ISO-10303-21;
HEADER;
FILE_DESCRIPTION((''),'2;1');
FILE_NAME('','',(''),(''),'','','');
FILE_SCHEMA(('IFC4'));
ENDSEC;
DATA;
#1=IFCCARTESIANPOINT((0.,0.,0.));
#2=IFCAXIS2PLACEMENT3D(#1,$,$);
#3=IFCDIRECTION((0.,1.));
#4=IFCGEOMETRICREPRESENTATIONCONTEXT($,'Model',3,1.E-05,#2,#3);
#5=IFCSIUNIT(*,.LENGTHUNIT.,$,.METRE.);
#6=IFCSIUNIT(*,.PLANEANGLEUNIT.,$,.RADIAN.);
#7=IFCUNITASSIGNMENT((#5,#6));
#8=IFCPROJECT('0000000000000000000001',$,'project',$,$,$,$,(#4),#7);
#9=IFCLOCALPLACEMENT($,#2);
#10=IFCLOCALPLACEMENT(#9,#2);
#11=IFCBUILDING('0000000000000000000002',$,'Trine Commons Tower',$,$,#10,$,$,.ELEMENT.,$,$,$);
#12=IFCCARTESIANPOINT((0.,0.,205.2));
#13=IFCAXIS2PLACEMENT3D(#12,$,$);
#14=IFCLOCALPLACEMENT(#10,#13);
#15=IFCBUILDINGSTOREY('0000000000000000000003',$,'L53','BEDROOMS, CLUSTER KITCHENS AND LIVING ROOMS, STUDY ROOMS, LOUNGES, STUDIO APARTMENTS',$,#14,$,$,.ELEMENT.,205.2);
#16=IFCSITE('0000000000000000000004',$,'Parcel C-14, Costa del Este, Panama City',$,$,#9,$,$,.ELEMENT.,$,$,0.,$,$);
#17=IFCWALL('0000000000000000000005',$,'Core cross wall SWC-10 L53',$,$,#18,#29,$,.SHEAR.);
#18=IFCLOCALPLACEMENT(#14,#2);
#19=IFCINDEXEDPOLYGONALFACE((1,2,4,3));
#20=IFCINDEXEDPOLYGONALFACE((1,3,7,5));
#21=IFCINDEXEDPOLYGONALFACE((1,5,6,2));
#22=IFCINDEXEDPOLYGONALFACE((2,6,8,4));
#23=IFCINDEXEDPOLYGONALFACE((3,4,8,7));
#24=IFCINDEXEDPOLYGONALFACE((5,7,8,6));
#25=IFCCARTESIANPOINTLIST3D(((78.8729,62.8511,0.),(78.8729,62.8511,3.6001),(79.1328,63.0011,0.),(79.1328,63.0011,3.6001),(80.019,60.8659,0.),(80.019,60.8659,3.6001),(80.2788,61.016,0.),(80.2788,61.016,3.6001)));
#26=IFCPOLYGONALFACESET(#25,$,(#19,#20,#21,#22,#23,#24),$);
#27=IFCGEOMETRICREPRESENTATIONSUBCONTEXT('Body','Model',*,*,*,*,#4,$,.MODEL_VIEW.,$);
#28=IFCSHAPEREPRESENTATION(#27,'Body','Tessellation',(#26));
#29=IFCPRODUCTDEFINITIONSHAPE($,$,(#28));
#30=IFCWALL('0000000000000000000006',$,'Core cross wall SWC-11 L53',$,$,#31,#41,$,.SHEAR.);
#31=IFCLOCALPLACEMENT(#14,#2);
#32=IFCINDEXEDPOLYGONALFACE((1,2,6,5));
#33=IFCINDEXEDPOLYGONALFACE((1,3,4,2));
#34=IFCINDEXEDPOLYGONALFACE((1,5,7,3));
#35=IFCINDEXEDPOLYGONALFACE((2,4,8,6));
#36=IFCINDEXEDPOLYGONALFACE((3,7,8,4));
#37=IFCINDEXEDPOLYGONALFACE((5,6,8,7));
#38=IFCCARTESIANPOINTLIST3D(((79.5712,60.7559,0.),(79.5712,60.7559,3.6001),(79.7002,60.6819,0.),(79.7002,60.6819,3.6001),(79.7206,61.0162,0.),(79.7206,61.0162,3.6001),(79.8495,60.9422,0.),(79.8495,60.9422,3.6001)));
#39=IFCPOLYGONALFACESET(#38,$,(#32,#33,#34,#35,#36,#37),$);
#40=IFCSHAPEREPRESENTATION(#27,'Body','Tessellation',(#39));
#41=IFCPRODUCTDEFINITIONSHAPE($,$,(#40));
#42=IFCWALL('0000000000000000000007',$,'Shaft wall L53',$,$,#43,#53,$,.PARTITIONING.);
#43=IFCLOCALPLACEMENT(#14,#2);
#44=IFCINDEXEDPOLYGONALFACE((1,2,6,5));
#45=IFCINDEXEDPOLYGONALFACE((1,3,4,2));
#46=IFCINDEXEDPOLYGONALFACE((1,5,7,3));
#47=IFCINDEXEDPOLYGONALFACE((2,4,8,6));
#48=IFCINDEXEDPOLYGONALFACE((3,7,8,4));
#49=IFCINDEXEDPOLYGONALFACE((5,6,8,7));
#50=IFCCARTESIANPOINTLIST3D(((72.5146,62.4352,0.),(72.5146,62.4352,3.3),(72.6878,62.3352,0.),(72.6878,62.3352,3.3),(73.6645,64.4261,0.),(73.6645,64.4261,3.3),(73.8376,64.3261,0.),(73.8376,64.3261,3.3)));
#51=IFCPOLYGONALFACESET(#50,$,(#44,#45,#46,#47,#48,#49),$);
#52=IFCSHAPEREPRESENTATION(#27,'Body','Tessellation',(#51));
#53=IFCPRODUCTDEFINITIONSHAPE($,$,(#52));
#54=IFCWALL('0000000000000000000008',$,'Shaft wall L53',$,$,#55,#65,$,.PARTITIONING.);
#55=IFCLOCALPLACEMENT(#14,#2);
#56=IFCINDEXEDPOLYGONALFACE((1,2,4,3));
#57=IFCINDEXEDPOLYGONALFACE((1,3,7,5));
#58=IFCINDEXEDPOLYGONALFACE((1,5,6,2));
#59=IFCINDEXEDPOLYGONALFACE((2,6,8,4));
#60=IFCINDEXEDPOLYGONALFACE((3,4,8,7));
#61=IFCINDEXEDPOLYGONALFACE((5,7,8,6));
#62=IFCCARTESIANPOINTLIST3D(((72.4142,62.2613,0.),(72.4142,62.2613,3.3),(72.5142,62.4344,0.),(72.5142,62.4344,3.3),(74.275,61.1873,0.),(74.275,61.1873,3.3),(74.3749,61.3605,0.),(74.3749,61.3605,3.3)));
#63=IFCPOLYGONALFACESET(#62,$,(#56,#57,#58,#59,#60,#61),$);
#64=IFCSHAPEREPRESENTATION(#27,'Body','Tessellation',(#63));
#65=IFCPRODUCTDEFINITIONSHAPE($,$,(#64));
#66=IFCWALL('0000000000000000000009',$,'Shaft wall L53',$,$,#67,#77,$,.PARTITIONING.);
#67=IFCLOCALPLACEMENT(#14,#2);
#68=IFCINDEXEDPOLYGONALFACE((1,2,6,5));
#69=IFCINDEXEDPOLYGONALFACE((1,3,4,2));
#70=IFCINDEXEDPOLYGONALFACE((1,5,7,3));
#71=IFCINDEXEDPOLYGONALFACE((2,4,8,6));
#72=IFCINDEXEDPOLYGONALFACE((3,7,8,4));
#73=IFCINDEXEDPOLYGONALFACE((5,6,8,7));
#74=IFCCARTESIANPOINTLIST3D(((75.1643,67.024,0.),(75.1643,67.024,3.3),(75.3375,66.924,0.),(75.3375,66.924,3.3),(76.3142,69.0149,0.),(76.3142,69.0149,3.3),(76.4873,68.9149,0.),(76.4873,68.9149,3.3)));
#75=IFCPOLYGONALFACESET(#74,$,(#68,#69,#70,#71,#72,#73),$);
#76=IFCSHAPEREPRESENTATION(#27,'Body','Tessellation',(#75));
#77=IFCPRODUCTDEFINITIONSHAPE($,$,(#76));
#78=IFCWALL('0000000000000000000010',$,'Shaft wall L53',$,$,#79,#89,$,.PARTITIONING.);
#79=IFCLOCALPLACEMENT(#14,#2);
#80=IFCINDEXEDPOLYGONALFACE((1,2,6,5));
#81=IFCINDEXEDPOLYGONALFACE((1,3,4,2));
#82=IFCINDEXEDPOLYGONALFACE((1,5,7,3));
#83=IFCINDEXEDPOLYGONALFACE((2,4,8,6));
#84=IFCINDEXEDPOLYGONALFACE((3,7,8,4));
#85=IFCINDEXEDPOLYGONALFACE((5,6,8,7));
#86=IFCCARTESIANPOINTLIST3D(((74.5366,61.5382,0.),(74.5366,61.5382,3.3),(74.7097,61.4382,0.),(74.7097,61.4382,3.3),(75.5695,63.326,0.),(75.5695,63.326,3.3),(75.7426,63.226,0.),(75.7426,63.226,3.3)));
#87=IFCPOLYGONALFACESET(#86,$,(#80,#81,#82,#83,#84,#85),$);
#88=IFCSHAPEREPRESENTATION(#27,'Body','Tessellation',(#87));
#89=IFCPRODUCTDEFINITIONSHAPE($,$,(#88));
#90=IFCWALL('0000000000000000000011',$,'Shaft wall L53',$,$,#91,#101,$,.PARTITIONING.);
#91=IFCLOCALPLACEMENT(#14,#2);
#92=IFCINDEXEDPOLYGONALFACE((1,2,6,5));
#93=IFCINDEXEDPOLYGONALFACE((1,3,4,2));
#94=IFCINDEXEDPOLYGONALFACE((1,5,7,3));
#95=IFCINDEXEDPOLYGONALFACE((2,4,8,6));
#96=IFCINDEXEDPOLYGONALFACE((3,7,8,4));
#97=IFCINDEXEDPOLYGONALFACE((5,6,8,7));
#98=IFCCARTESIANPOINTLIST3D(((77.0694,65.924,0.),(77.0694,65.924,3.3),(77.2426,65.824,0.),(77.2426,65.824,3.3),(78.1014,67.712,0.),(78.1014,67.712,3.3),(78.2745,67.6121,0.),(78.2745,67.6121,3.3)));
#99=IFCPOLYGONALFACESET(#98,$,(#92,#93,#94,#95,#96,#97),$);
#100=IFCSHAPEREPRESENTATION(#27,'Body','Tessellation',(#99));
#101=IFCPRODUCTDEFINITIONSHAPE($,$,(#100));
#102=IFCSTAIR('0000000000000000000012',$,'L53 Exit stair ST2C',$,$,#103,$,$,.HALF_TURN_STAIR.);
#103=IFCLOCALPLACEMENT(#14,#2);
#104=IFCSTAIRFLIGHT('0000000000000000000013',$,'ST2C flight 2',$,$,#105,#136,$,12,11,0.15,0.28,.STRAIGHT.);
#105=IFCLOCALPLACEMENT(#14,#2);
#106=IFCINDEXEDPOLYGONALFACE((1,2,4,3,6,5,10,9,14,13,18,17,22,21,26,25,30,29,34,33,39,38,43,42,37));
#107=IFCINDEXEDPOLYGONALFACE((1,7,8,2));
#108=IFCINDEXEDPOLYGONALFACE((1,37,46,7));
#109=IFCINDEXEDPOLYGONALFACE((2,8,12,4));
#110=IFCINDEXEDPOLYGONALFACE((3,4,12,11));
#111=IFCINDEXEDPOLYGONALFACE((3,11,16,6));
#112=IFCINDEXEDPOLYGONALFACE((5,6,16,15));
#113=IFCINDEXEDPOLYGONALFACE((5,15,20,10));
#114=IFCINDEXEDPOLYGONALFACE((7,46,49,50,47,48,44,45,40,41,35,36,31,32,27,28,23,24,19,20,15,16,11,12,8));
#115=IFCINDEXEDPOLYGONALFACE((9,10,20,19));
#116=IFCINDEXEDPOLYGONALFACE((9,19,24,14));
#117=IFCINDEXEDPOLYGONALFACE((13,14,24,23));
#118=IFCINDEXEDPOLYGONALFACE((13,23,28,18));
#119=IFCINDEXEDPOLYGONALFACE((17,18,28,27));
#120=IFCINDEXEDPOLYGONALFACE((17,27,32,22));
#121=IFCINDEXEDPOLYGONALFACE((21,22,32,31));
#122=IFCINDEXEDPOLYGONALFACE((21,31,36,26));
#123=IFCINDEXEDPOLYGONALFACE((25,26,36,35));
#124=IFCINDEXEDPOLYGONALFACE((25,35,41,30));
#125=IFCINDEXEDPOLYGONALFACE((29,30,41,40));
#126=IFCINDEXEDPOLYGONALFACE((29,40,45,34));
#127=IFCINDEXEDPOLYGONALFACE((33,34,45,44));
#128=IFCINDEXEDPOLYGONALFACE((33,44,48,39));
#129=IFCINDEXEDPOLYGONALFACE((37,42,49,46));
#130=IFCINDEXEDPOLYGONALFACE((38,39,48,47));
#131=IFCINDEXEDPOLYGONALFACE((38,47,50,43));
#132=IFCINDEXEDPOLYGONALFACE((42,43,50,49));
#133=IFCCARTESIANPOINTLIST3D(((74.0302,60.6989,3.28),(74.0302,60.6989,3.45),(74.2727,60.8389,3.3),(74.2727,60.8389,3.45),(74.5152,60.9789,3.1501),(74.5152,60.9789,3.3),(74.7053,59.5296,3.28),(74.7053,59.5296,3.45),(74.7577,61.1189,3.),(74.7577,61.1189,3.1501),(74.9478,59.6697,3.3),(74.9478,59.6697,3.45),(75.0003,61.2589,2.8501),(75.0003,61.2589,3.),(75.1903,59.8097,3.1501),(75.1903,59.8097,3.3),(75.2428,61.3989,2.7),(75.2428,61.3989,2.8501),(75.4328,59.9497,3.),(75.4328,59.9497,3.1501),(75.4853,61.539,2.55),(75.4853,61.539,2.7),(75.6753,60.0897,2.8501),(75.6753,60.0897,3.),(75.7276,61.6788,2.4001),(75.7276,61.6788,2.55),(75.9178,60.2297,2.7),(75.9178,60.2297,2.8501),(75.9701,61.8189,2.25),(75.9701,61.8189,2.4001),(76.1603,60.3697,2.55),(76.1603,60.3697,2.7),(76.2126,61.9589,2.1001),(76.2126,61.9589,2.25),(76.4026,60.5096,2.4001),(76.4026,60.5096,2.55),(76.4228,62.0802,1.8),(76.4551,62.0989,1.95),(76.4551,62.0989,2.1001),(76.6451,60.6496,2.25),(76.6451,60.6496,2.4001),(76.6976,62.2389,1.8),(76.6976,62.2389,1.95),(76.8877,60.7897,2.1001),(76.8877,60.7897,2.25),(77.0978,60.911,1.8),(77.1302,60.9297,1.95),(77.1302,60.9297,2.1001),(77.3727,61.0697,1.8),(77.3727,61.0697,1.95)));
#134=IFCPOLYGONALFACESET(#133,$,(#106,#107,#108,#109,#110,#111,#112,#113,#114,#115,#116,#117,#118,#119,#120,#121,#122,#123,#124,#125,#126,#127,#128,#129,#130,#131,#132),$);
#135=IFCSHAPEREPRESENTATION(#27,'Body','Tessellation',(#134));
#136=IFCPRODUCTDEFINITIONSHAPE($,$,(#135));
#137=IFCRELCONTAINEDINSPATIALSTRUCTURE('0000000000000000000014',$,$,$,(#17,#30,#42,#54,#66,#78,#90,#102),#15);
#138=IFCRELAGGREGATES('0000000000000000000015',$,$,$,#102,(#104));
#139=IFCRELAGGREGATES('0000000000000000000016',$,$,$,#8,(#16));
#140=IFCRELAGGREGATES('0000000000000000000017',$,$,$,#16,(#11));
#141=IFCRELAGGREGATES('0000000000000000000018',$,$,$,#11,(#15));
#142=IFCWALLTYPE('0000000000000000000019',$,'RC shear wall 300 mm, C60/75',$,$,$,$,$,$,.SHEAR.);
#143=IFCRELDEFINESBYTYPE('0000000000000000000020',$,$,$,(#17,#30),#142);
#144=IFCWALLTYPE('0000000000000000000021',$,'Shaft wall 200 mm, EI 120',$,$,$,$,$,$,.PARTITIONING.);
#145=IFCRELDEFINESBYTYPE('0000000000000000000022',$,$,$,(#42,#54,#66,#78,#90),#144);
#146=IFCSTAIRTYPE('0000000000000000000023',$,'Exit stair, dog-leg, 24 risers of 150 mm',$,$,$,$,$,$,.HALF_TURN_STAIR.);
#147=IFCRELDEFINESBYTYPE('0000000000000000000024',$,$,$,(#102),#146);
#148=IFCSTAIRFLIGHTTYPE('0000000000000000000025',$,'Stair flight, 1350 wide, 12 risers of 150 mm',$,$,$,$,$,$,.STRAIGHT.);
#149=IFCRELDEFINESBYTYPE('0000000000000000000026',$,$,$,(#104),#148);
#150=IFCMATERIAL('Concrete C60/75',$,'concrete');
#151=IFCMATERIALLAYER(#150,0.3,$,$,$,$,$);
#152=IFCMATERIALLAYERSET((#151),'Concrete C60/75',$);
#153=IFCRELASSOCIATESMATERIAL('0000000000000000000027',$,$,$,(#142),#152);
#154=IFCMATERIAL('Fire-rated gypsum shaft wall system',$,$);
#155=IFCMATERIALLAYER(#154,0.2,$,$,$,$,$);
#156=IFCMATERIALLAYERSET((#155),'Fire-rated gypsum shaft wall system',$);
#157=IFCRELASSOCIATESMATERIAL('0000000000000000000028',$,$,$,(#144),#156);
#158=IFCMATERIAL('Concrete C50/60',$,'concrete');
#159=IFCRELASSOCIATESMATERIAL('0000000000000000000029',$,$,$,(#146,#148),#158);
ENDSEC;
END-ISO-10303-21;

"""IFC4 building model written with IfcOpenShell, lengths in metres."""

from ifc_helpers import new_model, si_unit, direction, frame, frame_2d, origin, place, context, subcontext, project, spatial, polyline, rectangle, outline, extrude, material, layer, layer_set, type_object, element, aggregate, save


model = new_model("IFC4")

# Units and contexts
model_context = context("Model", 3, precision=1e-05, world=origin(), true_north=direction((0.0, 1.0)))
body_context = subcontext(model_context, "Body", "Model", "MODEL_VIEW")
ifc_project = project(units=[si_unit("LENGTHUNIT", "METRE"), si_unit("PLANEANGLEUNIT", "RADIAN")], contexts=[model_context])

# Site, building, storey
site_placement = place(None, origin())
site = spatial("IfcSite", under=ifc_project, at=site_placement, Name="Parcel C-14, Costa del Este, Panama City", CompositionType="ELEMENT", RefElevation=0.0)
building_placement = place(site_placement, origin())
building = spatial("IfcBuilding", under=site, at=building_placement, Name="Trine Commons Tower", CompositionType="ELEMENT")
storey_placement = place(building_placement, frame((0.0, 0.0, 205.2)))
storey = spatial("IfcBuildingStorey", under=building, at=storey_placement, Name="L53", Description="BEDROOMS, CLUSTER KITCHENS AND LIVING ROOMS, STUDY ROOMS, LOUNGES, STUDIO APARTMENTS", CompositionType="ELEMENT", Elevation=205.2)

# Shared definitions
ifc_material_1 = material(Name="Fire-rated gypsum shaft wall system")
ifc_material_2 = material(Name="Concrete C60/75", Category="concrete")
ifc_layer_1 = layer(ifc_material_2, 0.3)
ifc_layer_set_1 = layer_set([ifc_layer_1], Name="Concrete C60/75")
wall_type_1 = type_object("IfcWallType", Name="RC shear wall 300 mm, C60/75", PredefinedType="SHEAR", material=ifc_layer_set_1)

# Walls
wall_1_placement = place(storey_placement, frame((79.0029, 62.926, 0.0), z_axis=(0.0, 0.0, 1.0), x_axis=(0.499965, -0.866045, 0.0)))
element("IfcWall", 1, at=wall_1_placement, inside=storey, type_object=wall_type_1, Name="Core cross wall SWC-10 L53", PredefinedType="SHEAR", context=body_context, shape_type="SweptSolid", body=[
    extrude(rectangle(XDim=2.2922, YDim=0.3, at=frame_2d((1.146, 0.0))), origin(), (0.0, 0.0, 1.0), 3.6001),
])
wall_2_placement = place(storey_placement, frame((79.646, 60.886, 0.0), z_axis=(0.0, 0.0, 1.0), x_axis=(0.867332, -0.49773, 0.0)))
element("IfcWall", 2, at=wall_2_placement, inside=storey, type_object=wall_type_1, Name="Core cross wall SWC-11 L53", PredefinedType="SHEAR", context=body_context, shape_type="SweptSolid", body=[
    extrude(rectangle(XDim=0.1487, YDim=0.3, at=frame_2d((0.0742, 0.0))), origin(), (0.0, 0.0, 1.0), 3.6001),
])
ifc_layer_2 = layer(ifc_material_1, 0.2)
ifc_layer_set_2 = layer_set([ifc_layer_2], Name="Fire-rated gypsum shaft wall system")
wall_type_2 = type_object("IfcWallType", Name="Shaft wall 200 mm, EI 120", PredefinedType="PARTITIONING", material=ifc_layer_set_2)
wall_3_placement = place(storey_placement, frame((73.751, 64.376, 0.0), z_axis=(0.0, 0.0, 1.0), x_axis=(-0.500136, -0.865947, 0.0)))
element("IfcWall", 3, at=wall_3_placement, inside=storey, type_object=wall_type_2, Name="Shaft wall L53", PredefinedType="PARTITIONING", context=body_context, shape_type="SweptSolid", body=[
    extrude(rectangle(XDim=2.2991, YDim=0.2, at=frame_2d((1.1494, 0.0))), origin(), (0.0, 0.0, 1.0), 3.3),
])
wall_4_placement = place(storey_placement, frame((74.325, 61.2739, 0.0), z_axis=(0.0, 0.0, 1.0), x_axis=(-0.866102, 0.499867, 0.0)))
element("IfcWall", 4, at=wall_4_placement, inside=storey, type_object=wall_type_2, Name="Shaft wall L53", PredefinedType="PARTITIONING", context=body_context, shape_type="SweptSolid", body=[
    extrude(rectangle(XDim=2.1484, YDim=0.2, at=frame_2d((1.0742, 0.0))), origin(), (0.0, 0.0, 1.0), 3.3),
])
wall_5_placement = place(storey_placement, frame((75.251, 66.9741, 0.0), z_axis=(0.0, 0.0, 1.0), x_axis=(0.500136, 0.865947, 0.0)))
element("IfcWall", 5, at=wall_5_placement, inside=storey, type_object=wall_type_2, Name="Shaft wall L53", PredefinedType="PARTITIONING", context=body_context, shape_type="SweptSolid", body=[
    extrude(rectangle(XDim=2.2991, YDim=0.2, at=frame_2d((1.1494, 0.0))), origin(), (0.0, 0.0, 1.0), 3.3),
])
wall_6_placement = place(storey_placement, frame((75.656, 63.2759, 0.0), z_axis=(0.0, 0.0, 1.0), x_axis=(-0.500272, -0.865868, 0.0)))
element("IfcWall", 6, at=wall_6_placement, inside=storey, type_object=wall_type_2, Name="Shaft wall L53", PredefinedType="PARTITIONING", context=body_context, shape_type="SweptSolid", body=[
    extrude(rectangle(XDim=2.0647, YDim=0.2, at=frame_2d((1.0322, 0.0))), origin(), (0.0, 0.0, 1.0), 3.3),
])
wall_7_placement = place(storey_placement, frame((77.156, 65.874, 0.0), z_axis=(0.0, 0.0, 1.0), x_axis=(0.499866, 0.866103, 0.0)))
element("IfcWall", 7, at=wall_7_placement, inside=storey, type_object=wall_type_2, Name="Shaft wall L53", PredefinedType="PARTITIONING", context=body_context, shape_type="SweptSolid", body=[
    extrude(rectangle(XDim=2.0645, YDim=0.2, at=frame_2d((1.0322, 0.0))), origin(), (0.0, 0.0, 1.0), 3.3),
])

# Stair, stair flight
ifc_material_3 = material(Name="Concrete C50/60", Category="concrete")
stair_type = type_object("IfcStairType", Name="Exit stair, dog-leg, 24 risers of 150 mm", PredefinedType="HALF_TURN_STAIR", material=ifc_material_3)
stair_placement = place(storey_placement, origin())
stair = element("IfcStair", 8, at=stair_placement, inside=storey, type_object=stair_type, Name="L53 Exit stair ST2C", PredefinedType="HALF_TURN_STAIR")
stair_flight_type = type_object("IfcStairFlightType", Name="Stair flight, 1350 wide, 12 risers of 150 mm", PredefinedType="STRAIGHT", material=ifc_material_3)
stair_flight_placement = place(storey_placement, frame((77.0352, 61.6543, 1.8), z_axis=(0.0, 0.0, 1.0), x_axis=(-0.866025, -0.5, 0.0)))
stair_flight = element("IfcStairFlight", 9, at=stair_flight_placement, type_object=stair_flight_type, Name="ST2C flight 2", NumberOfRisers=12, NumberOfTreads=11, PredefinedType="STRAIGHT", RiserHeight=0.15, TreadLength=0.28, context=body_context, shape_type="SweptSolid", body=[
    extrude(outline(polyline([(0.0, 0.0), (0.0, 0.1499), (0.28, 0.1499), (0.28, 0.3), (0.5601, 0.3), (0.5601, 0.45), (0.8401, 0.45), (0.8401, 0.6001), (1.1201, 0.6001), (1.1201, 0.75), (1.3999, 0.75), (1.3999, 0.8999), (1.6799, 0.8999), (1.6799, 1.05), (1.96, 1.05), (1.96, 1.2), (2.24, 1.2), (2.24, 1.3501), (2.52, 1.3501), (2.52, 1.5), (2.8, 1.5), (2.8, 1.6499), (3.0801, 1.6499), (3.0801, 1.8), (3.0801, 1.48), (0.3174, 0.0), (0.0, 0.0)])), frame((0.0, 0.675, 0.0), z_axis=(0.0, -1.0, 0.0), x_axis=(1.0, 0.0, 0.0)), (0.0, 0.0, 1.0), 1.3501),
])
aggregate(stair, [stair_flight])

save(model, "model.ifc")
